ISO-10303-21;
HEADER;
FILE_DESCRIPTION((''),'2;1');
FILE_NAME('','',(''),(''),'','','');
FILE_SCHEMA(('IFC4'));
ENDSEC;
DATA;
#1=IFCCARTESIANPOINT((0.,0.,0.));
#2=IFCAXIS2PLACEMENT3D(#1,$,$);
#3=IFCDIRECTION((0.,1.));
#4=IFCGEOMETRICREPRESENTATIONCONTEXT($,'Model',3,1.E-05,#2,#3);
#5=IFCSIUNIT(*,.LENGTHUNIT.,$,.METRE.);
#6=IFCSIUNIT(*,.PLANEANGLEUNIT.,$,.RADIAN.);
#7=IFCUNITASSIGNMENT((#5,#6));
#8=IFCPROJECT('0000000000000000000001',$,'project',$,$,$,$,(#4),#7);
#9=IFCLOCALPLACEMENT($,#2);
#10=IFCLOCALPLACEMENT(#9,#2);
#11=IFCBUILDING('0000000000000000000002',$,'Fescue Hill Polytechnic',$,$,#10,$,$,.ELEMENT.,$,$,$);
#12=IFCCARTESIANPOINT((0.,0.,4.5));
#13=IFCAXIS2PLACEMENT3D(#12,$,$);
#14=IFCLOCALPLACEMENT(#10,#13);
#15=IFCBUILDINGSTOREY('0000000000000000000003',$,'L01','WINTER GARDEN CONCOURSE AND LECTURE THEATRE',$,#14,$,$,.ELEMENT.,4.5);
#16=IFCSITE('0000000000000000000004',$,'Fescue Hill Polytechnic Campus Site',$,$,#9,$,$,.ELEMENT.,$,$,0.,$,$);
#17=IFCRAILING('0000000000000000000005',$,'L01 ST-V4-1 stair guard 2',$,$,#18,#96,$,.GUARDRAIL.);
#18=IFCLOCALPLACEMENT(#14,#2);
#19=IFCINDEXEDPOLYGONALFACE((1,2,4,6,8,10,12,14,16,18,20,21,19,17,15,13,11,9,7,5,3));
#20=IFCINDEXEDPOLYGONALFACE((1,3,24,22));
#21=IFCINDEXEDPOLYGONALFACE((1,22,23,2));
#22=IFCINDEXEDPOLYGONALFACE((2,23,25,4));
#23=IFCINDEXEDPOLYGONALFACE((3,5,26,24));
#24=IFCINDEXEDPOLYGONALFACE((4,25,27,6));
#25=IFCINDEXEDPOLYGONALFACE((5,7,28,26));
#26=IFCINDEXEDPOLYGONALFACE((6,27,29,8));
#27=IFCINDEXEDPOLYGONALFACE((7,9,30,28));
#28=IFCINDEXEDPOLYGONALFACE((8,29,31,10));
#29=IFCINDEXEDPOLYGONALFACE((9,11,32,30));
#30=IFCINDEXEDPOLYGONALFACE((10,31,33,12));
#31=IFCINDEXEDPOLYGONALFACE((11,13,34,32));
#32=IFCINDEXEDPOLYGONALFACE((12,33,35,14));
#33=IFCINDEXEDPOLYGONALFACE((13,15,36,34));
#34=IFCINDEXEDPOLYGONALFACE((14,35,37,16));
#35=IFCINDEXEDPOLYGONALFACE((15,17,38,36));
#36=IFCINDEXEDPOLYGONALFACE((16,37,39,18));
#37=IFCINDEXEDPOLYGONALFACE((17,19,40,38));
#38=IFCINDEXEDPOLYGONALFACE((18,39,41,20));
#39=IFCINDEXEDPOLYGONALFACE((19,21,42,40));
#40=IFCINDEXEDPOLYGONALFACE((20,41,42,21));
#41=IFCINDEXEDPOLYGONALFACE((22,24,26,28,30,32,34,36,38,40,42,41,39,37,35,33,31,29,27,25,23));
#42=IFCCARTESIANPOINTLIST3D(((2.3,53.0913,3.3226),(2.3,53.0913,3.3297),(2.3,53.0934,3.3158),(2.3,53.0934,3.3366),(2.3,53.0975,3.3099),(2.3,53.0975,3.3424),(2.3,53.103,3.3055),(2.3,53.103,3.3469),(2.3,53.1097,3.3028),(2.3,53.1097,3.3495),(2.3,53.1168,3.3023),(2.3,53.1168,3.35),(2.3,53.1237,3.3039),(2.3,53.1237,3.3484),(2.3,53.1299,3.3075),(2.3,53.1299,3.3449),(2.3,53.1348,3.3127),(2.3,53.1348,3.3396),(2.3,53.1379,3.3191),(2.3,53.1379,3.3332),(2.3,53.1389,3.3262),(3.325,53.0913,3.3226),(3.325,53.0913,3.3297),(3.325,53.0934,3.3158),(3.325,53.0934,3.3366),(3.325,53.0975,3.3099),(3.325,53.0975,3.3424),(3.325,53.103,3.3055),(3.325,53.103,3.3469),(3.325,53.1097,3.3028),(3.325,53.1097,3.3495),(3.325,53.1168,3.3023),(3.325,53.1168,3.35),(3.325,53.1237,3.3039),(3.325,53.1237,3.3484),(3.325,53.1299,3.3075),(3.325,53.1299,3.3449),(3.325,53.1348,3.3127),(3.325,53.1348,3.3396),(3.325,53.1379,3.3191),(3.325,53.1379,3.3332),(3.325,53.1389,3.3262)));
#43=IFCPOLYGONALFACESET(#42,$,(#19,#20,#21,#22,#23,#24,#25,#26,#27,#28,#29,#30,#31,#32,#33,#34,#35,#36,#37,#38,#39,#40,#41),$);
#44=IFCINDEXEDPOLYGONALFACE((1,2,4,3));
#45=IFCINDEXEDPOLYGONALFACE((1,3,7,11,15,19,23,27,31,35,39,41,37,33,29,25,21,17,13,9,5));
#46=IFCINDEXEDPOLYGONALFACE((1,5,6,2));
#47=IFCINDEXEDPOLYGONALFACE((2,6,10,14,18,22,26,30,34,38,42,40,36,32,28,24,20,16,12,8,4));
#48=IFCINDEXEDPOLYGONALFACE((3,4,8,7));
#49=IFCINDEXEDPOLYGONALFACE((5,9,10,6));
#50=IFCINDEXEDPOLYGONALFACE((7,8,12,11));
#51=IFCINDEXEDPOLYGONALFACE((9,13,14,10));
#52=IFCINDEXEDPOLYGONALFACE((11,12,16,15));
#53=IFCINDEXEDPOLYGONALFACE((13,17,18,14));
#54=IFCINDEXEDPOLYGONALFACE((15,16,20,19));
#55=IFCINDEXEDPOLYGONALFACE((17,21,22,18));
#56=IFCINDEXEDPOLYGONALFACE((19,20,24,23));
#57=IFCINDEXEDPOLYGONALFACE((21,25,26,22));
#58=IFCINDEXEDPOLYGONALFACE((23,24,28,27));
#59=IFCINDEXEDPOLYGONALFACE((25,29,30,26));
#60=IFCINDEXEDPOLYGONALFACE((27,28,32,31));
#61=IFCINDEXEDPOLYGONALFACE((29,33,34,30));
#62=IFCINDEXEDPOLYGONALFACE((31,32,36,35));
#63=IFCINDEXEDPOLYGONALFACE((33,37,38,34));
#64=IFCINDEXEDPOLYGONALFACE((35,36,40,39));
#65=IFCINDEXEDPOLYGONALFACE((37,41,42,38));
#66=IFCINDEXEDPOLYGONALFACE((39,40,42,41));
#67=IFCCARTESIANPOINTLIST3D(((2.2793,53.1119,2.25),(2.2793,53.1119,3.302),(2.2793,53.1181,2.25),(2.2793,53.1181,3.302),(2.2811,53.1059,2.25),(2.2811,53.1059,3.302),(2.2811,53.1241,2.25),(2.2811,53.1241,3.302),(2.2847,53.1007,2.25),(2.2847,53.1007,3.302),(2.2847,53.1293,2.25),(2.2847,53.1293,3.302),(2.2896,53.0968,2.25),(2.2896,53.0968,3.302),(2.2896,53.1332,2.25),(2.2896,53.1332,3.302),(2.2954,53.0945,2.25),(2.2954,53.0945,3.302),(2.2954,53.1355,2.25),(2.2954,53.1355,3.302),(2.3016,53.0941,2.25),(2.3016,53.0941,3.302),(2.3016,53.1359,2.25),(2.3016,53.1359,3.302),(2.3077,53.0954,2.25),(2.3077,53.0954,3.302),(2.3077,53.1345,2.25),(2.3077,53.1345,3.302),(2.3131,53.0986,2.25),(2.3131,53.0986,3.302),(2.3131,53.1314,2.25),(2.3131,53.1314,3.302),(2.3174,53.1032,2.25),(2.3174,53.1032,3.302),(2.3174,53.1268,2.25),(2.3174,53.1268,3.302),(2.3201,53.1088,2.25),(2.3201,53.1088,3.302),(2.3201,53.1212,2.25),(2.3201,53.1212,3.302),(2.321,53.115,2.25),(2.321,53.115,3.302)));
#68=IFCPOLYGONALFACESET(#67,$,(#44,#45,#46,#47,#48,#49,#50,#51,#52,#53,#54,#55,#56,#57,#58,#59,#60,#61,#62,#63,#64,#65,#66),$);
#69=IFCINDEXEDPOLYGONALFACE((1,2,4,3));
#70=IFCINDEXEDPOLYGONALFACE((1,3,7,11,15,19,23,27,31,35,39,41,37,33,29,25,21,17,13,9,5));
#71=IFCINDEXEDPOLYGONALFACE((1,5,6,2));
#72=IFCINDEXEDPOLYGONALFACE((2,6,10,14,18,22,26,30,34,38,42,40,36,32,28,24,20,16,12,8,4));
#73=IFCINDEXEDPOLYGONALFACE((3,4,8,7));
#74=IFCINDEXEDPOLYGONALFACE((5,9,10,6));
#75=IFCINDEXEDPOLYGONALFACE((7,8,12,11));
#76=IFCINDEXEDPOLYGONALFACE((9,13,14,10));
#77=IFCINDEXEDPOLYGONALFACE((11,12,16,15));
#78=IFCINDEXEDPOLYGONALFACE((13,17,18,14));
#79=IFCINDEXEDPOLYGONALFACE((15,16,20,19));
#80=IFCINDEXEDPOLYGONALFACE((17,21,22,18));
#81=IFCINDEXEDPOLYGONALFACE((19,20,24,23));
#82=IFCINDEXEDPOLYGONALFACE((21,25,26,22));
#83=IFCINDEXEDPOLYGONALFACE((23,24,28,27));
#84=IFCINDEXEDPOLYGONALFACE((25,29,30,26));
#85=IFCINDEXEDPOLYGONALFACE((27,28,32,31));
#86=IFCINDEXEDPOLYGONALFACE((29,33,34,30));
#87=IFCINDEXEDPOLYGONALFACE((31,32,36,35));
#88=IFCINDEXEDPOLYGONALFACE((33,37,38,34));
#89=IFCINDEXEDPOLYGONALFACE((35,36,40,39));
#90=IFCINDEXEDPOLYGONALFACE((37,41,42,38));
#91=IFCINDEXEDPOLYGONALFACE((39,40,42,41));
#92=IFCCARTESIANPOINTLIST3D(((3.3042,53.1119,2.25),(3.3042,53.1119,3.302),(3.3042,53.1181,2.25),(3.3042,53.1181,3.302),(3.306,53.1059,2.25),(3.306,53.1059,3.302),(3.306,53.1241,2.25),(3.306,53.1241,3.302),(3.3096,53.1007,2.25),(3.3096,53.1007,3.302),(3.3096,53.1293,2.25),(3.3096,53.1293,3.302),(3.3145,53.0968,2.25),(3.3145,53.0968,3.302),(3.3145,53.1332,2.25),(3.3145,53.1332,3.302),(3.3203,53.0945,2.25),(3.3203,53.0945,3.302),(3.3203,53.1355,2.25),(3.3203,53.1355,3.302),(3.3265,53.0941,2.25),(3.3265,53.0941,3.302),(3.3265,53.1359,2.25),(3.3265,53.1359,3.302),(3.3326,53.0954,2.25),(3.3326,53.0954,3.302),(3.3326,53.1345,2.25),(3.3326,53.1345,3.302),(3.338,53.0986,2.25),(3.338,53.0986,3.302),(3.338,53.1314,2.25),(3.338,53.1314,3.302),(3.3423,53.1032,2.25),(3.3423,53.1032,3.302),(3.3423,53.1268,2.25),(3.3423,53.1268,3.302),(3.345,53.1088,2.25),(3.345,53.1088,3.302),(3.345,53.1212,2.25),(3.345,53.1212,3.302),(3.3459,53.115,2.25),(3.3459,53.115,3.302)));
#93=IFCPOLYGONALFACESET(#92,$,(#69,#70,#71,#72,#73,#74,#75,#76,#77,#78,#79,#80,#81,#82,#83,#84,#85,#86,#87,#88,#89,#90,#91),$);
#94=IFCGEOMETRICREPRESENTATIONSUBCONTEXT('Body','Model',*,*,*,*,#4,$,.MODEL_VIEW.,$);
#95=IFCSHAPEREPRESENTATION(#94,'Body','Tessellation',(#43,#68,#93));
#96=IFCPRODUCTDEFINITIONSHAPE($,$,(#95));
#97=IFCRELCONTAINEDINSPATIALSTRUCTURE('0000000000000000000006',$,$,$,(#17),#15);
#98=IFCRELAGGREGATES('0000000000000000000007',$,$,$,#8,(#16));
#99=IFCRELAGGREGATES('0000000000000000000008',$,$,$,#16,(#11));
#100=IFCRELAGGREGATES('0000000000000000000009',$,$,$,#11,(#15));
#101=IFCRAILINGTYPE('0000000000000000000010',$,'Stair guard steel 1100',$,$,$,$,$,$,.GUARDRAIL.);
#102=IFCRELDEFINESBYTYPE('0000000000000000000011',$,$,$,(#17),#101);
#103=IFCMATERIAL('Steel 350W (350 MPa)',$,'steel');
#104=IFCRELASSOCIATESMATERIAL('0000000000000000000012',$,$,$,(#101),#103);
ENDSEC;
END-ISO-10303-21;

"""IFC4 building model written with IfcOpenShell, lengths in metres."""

from ifc_helpers import new_model, si_unit, direction, frame, origin, origin_2d, place, context, subcontext, project, spatial, circle, extrude, material, type_object, element, save


model = new_model("IFC4")

# Units and contexts
model_context = context("Model", 3, precision=1e-05, world=origin(), true_north=direction((0.0, 1.0)))
body_context = subcontext(model_context, "Body", "Model", "MODEL_VIEW")
ifc_project = project(units=[si_unit("LENGTHUNIT", "METRE"), si_unit("PLANEANGLEUNIT", "RADIAN")], contexts=[model_context])

# Site, building, storey
site_placement = place(None, origin())
site = spatial("IfcSite", under=ifc_project, at=site_placement, Name="Fescue Hill Polytechnic Campus Site", CompositionType="ELEMENT", RefElevation=0.0)
building_placement = place(site_placement, origin())
building = spatial("IfcBuilding", under=site, at=building_placement, Name="Fescue Hill Polytechnic", CompositionType="ELEMENT")
storey_placement = place(building_placement, frame((0.0, 0.0, 4.5)))
storey = spatial("IfcBuildingStorey", under=building, at=storey_placement, Name="L01", Description="WINTER GARDEN CONCOURSE AND LECTURE THEATRE", CompositionType="ELEMENT", Elevation=4.5)

# Railing
ifc_material_1 = material(Name="Steel 350W (350 MPa)", Category="steel")
railing_type_1 = type_object("IfcRailingType", Name="Stair guard steel 1100", PredefinedType="GUARDRAIL", material=ifc_material_1)
railing_1_placement = place(storey_placement, frame((2.3, 53.115, 2.25)))
element("IfcRailing", 1, at=railing_1_placement, inside=storey, type_object=railing_type_1, Name="L01 ST-V4-1 stair guard 2", PredefinedType="GUARDRAIL", context=body_context, shape_type="SweptSolid", body=[
    extrude(circle(Radius=0.0239, at=origin_2d()), frame((0.0, 0.0, 1.0762), z_axis=(1.0, 0.0, 0.0), x_axis=(0.0, 1.0, 0.0)), (0.0, 0.0, 1.0), 1.0249),
    extrude(circle(Radius=0.021, at=origin_2d()), origin(), (0.0, 0.0, 1.0), 1.052),
    extrude(circle(Radius=0.021, at=origin_2d()), frame((1.0249, 0.0, 0.0)), (0.0, 0.0, 1.0), 1.052),
])

save(model, "model.ifc")
